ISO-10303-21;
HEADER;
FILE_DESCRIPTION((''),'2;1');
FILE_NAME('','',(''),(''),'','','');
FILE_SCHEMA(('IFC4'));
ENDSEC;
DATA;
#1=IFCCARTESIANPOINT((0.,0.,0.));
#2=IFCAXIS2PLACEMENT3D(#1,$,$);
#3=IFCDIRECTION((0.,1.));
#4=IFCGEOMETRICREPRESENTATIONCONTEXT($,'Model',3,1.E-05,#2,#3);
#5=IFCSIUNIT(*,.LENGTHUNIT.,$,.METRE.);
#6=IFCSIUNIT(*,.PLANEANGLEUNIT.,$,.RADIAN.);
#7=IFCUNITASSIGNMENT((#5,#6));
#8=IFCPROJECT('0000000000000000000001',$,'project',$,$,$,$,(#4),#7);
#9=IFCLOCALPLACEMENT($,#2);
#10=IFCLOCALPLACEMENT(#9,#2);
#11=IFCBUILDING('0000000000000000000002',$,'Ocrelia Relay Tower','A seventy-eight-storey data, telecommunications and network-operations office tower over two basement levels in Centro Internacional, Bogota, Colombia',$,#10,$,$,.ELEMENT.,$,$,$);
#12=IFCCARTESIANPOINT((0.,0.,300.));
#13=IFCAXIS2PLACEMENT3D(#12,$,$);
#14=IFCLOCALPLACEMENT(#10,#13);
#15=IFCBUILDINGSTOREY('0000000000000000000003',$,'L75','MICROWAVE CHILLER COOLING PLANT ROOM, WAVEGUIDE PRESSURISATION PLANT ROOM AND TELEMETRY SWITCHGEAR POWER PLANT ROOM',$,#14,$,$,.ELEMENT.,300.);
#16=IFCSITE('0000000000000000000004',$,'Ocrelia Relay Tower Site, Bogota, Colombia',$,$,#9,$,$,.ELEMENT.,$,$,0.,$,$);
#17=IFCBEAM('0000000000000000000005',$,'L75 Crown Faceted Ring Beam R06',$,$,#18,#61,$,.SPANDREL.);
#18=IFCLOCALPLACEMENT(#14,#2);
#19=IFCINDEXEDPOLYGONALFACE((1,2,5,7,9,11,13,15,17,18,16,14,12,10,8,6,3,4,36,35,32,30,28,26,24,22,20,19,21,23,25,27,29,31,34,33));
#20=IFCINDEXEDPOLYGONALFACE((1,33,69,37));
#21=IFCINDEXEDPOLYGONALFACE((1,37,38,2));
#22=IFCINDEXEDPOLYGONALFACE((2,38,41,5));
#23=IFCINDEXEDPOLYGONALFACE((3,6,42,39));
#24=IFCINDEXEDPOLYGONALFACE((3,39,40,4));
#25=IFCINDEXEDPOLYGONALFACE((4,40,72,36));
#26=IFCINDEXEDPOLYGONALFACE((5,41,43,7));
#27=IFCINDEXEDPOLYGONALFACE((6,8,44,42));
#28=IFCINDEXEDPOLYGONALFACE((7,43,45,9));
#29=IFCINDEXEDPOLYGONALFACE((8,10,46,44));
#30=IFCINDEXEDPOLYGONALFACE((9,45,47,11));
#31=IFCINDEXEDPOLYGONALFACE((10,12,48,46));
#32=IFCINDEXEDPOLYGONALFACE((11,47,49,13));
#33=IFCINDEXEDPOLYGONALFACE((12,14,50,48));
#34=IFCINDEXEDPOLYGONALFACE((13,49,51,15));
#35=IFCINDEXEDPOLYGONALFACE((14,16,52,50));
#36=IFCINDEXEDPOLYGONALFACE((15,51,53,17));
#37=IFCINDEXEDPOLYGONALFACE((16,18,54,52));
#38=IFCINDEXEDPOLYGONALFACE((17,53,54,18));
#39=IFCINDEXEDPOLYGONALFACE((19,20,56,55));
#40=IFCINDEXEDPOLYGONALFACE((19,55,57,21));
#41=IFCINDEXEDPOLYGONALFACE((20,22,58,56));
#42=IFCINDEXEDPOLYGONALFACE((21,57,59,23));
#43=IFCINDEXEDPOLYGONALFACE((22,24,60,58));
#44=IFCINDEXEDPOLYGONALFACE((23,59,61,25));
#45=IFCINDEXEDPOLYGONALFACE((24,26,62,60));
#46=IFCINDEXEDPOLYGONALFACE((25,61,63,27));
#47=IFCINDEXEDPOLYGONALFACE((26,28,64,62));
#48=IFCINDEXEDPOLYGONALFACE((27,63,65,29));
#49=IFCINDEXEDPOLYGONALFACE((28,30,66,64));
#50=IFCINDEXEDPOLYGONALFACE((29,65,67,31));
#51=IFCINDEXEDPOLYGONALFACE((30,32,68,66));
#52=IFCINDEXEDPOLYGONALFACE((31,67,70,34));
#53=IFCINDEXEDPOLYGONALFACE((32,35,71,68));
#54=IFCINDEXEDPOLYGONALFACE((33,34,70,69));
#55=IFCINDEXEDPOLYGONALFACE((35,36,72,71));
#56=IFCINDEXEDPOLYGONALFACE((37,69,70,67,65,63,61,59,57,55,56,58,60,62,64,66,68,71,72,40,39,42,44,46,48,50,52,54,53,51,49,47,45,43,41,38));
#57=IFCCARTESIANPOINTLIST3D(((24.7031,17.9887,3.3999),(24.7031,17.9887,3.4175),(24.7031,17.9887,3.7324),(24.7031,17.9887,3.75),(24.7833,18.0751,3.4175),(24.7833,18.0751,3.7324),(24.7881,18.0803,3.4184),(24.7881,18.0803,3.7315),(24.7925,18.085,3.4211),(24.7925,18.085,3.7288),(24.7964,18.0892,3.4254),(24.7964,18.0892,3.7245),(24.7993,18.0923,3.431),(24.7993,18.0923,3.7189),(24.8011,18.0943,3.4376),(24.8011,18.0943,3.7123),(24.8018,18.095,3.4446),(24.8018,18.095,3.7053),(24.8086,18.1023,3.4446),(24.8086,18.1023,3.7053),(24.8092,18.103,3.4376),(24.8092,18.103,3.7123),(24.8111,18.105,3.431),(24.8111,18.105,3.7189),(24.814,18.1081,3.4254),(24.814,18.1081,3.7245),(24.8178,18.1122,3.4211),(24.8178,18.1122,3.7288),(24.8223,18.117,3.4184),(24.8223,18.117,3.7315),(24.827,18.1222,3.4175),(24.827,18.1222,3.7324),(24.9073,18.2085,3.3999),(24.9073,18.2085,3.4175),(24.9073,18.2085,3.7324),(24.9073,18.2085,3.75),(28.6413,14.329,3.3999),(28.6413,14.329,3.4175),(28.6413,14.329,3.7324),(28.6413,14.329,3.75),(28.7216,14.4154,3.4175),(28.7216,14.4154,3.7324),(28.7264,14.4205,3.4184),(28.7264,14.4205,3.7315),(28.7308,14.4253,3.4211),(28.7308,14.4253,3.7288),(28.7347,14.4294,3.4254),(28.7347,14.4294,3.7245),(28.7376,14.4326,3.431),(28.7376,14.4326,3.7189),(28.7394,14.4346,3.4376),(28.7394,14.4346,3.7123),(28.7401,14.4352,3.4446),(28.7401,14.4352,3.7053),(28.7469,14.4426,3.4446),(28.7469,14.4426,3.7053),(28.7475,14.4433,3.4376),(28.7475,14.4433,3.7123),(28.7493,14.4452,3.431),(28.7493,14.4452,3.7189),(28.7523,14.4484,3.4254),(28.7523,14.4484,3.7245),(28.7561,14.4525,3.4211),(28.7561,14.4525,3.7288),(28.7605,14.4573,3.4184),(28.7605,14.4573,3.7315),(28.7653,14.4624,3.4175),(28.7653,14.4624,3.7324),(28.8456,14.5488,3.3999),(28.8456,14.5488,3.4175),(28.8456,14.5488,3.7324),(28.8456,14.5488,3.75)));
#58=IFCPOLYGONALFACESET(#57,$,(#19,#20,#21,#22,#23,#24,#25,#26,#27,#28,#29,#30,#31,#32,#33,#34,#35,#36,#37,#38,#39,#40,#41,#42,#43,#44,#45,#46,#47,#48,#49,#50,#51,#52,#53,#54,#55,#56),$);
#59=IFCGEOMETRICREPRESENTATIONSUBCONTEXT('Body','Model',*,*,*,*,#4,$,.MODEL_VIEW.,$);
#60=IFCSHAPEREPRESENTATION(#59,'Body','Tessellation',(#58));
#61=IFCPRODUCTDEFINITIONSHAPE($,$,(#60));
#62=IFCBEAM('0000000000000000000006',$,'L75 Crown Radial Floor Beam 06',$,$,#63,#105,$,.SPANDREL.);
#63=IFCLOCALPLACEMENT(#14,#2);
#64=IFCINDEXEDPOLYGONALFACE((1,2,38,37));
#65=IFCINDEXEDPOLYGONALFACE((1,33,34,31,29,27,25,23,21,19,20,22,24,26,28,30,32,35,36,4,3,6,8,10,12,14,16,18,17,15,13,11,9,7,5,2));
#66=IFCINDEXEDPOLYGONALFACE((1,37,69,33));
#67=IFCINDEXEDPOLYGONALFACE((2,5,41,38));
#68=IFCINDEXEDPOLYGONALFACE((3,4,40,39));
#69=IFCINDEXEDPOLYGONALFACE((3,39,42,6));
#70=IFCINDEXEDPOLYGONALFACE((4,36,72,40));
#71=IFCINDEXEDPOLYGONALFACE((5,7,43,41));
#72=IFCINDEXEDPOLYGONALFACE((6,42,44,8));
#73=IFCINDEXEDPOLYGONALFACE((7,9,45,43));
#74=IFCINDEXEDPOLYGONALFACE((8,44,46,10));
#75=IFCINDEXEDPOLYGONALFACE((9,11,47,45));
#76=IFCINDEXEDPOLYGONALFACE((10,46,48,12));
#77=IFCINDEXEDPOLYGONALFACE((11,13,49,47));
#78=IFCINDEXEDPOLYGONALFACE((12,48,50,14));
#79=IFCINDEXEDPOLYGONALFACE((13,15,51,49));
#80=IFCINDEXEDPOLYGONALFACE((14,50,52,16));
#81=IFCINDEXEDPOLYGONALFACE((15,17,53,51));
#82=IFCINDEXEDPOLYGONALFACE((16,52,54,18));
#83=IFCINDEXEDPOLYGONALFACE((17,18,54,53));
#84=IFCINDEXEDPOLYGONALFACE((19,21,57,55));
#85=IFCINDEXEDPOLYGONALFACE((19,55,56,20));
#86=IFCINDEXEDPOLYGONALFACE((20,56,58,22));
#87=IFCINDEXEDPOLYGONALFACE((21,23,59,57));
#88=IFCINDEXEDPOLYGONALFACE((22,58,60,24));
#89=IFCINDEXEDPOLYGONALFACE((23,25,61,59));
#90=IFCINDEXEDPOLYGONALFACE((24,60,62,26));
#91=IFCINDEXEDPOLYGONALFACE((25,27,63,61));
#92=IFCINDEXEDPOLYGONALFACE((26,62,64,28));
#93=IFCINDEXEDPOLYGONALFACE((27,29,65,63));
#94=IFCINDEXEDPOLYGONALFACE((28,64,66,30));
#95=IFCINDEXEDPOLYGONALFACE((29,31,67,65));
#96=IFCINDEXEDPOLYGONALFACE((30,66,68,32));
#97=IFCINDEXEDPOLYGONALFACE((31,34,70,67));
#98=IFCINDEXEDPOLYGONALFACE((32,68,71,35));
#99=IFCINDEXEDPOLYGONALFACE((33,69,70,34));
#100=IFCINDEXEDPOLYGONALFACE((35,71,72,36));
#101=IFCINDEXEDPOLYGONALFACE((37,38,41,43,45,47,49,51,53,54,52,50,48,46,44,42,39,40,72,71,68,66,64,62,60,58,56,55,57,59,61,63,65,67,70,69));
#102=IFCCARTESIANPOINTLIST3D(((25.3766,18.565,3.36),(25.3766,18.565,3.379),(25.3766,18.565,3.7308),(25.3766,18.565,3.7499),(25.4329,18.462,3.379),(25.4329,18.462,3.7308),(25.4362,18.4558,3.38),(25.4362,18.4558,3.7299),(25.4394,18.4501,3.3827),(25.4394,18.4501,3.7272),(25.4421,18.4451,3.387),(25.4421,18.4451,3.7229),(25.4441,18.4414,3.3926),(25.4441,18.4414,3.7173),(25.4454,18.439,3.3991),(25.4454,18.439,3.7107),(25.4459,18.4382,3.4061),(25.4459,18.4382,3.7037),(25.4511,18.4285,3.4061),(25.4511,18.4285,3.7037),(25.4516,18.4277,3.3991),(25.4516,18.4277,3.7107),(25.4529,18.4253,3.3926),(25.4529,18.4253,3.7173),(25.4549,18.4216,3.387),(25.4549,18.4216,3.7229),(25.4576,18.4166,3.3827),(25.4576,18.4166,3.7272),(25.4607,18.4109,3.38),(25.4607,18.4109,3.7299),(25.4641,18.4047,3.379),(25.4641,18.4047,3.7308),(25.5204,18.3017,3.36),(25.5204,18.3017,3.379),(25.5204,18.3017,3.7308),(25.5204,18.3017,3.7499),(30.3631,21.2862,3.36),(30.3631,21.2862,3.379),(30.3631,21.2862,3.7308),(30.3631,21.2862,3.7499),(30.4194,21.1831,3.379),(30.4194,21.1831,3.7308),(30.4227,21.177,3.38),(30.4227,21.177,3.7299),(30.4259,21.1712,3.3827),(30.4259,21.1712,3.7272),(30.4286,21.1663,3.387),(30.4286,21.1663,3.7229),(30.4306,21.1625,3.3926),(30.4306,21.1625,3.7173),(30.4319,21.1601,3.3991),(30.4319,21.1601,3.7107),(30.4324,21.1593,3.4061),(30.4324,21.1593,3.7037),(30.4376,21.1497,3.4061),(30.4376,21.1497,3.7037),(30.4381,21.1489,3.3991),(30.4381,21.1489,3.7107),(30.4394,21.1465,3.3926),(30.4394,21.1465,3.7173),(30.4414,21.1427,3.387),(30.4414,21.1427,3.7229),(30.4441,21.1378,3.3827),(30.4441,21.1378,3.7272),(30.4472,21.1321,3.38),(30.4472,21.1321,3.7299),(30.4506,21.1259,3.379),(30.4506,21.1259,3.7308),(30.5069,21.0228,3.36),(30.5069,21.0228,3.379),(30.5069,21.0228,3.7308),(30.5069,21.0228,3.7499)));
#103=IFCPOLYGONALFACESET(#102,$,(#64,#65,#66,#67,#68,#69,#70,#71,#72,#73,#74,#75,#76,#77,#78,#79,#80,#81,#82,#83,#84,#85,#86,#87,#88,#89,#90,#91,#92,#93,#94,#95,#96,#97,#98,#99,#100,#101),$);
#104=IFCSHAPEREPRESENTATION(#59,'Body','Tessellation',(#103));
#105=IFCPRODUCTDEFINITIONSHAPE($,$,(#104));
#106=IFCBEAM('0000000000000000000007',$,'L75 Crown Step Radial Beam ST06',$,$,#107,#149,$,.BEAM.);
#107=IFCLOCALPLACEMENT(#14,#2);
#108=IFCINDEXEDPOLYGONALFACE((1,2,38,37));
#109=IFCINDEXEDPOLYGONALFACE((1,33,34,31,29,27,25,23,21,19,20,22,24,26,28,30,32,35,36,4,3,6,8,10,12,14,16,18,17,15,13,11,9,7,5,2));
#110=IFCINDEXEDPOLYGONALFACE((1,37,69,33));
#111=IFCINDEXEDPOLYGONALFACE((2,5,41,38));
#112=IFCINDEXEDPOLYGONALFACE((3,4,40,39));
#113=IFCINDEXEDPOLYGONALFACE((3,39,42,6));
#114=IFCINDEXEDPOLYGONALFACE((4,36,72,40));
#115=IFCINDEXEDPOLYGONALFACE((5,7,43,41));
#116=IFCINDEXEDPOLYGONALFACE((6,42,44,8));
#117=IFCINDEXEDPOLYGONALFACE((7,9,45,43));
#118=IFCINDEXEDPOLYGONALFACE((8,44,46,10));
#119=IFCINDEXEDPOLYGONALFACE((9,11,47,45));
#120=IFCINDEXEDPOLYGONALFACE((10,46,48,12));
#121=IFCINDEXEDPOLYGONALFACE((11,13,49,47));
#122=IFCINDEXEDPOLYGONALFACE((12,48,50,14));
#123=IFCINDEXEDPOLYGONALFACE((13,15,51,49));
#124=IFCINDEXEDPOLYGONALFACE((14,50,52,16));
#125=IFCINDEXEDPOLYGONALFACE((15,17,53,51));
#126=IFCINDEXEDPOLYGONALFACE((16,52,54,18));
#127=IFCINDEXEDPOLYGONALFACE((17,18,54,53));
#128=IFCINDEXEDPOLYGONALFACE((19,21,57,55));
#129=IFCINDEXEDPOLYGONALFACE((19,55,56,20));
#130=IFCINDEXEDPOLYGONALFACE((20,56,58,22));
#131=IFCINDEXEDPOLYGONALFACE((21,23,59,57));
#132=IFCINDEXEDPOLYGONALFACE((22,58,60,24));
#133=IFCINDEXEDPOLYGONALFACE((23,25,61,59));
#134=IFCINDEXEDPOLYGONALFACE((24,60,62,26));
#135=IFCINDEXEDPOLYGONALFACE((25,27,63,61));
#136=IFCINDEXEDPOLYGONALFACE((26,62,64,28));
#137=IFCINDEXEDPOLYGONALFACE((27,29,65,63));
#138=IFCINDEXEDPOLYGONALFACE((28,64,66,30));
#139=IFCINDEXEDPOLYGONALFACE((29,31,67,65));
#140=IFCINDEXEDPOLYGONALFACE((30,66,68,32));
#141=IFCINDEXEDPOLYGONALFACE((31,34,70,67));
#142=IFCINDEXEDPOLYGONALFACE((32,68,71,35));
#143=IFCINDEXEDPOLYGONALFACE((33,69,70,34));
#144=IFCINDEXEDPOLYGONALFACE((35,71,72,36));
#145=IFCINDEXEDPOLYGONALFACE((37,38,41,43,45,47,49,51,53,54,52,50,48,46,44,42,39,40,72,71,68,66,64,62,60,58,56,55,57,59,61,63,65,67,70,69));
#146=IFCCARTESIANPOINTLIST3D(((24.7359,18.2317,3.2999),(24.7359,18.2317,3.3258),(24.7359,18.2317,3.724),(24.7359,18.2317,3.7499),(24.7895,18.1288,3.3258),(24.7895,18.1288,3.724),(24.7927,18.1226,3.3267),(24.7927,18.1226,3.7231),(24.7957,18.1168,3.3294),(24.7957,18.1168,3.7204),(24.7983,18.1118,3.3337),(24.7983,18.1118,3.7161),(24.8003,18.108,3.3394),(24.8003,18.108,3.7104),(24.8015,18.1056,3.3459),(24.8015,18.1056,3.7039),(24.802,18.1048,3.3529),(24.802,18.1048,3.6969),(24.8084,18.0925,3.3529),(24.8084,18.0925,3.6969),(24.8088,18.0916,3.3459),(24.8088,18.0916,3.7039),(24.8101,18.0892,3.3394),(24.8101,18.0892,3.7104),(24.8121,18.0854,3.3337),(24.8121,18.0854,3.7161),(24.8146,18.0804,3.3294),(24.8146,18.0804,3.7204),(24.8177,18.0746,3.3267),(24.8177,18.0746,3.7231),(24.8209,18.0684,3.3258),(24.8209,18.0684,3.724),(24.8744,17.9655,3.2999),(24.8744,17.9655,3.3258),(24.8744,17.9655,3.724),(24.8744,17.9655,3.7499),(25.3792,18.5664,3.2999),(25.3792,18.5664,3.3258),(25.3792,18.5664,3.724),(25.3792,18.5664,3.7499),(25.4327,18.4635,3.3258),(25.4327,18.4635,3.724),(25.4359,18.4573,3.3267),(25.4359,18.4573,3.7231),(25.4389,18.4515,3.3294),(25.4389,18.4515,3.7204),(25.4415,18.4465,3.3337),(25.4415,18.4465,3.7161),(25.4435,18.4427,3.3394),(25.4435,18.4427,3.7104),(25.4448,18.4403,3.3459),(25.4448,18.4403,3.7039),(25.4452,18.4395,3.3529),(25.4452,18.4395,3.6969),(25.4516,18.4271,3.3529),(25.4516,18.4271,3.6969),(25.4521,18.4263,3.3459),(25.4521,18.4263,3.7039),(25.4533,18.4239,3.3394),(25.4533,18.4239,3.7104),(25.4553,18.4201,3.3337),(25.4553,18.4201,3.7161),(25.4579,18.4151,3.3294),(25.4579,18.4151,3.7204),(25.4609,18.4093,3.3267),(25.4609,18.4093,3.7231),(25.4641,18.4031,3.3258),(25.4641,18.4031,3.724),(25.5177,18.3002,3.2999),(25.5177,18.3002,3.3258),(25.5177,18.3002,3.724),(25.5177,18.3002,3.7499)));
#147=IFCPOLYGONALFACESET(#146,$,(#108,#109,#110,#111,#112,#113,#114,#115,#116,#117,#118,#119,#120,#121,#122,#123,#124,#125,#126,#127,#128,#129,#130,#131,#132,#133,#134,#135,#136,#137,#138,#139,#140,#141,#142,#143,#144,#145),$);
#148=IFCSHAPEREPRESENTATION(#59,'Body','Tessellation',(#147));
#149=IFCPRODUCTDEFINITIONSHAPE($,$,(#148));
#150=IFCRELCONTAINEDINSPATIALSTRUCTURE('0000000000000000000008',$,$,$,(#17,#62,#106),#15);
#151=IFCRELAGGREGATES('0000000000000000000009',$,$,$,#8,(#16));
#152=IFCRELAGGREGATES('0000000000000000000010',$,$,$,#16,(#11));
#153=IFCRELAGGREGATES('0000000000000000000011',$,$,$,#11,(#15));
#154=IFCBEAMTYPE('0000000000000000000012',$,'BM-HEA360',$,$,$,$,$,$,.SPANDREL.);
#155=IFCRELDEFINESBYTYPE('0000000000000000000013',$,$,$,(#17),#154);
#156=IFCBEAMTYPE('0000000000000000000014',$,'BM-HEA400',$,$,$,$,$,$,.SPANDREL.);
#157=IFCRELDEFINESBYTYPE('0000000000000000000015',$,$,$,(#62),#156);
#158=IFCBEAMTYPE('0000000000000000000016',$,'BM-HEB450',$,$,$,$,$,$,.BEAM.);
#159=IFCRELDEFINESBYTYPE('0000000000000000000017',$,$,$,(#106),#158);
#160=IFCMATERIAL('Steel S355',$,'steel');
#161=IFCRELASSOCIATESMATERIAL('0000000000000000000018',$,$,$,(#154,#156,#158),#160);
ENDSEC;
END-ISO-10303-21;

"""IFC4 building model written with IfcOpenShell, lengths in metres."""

from ifc_helpers import new_model, si_unit, direction, frame, origin, origin_2d, place, context, subcontext, project, spatial, i_section, extrude, material, material_profile, profile_set, type_object, element, save


model = new_model("IFC4")

# Units and contexts
model_context = context("Model", 3, precision=1e-05, world=origin(), true_north=direction((0.0, 1.0)))
body_context = subcontext(model_context, "Body", "Model", "MODEL_VIEW")
ifc_project = project(units=[si_unit("LENGTHUNIT", "METRE"), si_unit("PLANEANGLEUNIT", "RADIAN")], contexts=[model_context])

# Site, building, storey
site_placement = place(None, origin())
site = spatial("IfcSite", under=ifc_project, at=site_placement, Name="Ocrelia Relay Tower Site, Bogota, Colombia", CompositionType="ELEMENT", RefElevation=0.0)
building_placement = place(site_placement, origin())
building = spatial("IfcBuilding", under=site, at=building_placement, Name="Ocrelia Relay Tower", Description="A seventy-eight-storey data, telecommunications and network-operations office tower over two basement levels in Centro Internacional, Bogota, Colombia", CompositionType="ELEMENT")
storey_placement = place(building_placement, frame((0.0, 0.0, 300.0)))
storey = spatial("IfcBuildingStorey", under=building, at=storey_placement, Name="L75", Description="MICROWAVE CHILLER COOLING PLANT ROOM, WAVEGUIDE PRESSURISATION PLANT ROOM AND TELEMETRY SWITCHGEAR POWER PLANT ROOM", CompositionType="ELEMENT", Elevation=300.0)

# Beams
ifc_material_1 = material(Name="Steel S355", Category="steel")
ifc_material_profile_1 = material_profile(ifc_material_1, i_section(OverallWidth=0.3, OverallDepth=0.3501, WebThickness=0.01, FlangeThickness=0.0176, FilletRadius=0.0271, at=origin_2d()), Name="HEA 360")
ifc_profile_set_1 = profile_set([ifc_material_profile_1], Name="Steel S355")
beam_type_1 = type_object("IfcBeamType", Name="BM-HEA360", PredefinedType="SPANDREL", material=ifc_profile_set_1)
beam_1_placement = place(storey_placement, frame((24.8052, 18.0986, 3.575), z_axis=(0.73254, -0.680725, 0.0), x_axis=(0.680725, 0.73254, 0.0)))
element("IfcBeam", 1, at=beam_1_placement, inside=storey, type_object=beam_type_1, Name="L75 Crown Faceted Ring Beam R06", PredefinedType="SPANDREL", context=body_context, shape_type="SweptSolid", body=[
    extrude(i_section(OverallWidth=0.3, OverallDepth=0.3501, WebThickness=0.01, FlangeThickness=0.0176, FilletRadius=0.0271, at=origin_2d()), origin(), (0.0, 0.0, 1.0), 5.3762),
])
ifc_material_profile_2 = material_profile(ifc_material_1, i_section(OverallWidth=0.3, OverallDepth=0.3899, WebThickness=0.011, FlangeThickness=0.019, FilletRadius=0.0271, at=origin_2d()), Name="HEA 400")
ifc_profile_set_2 = profile_set([ifc_material_profile_2], Name="Steel S355")
beam_type_2 = type_object("IfcBeamType", Name="BM-HEA400", PredefinedType="SPANDREL", material=ifc_profile_set_2)
beam_2_placement = place(storey_placement, frame((25.4485, 18.4333, 3.5549), z_axis=(0.877804, 0.479021, 0.0), x_axis=(-0.479021, 0.877804, 0.0)))
element("IfcBeam", 2, at=beam_2_placement, inside=storey, type_object=beam_type_2, Name="L75 Crown Radial Floor Beam 06", PredefinedType="SPANDREL", context=body_context, shape_type="SweptSolid", body=[
    extrude(i_section(OverallWidth=0.3, OverallDepth=0.3899, WebThickness=0.011, FlangeThickness=0.019, FilletRadius=0.0271, at=origin_2d()), origin(), (0.0, 0.0, 1.0), 5.6807),
])
ifc_material_profile_3 = material_profile(ifc_material_1, i_section(OverallWidth=0.3, OverallDepth=0.45, WebThickness=0.0139, FlangeThickness=0.0259, FilletRadius=0.0271, at=origin_2d()), Name="HEB 450")
ifc_profile_set_3 = profile_set([ifc_material_profile_3], Name="Steel S355")
beam_type_3 = type_object("IfcBeamType", Name="BM-HEB450", PredefinedType="BEAM", material=ifc_profile_set_3)
beam_3_placement = place(storey_placement, frame((24.8052, 18.0986, 3.5249), z_axis=(0.887107, 0.461565, 0.0), x_axis=(-0.461565, 0.887107, 0.0)))
element("IfcBeam", 3, at=beam_3_placement, inside=storey, type_object=beam_type_3, Name="L75 Crown Step Radial Beam ST06", PredefinedType="BEAM", context=body_context, shape_type="SweptSolid", body=[
    extrude(i_section(OverallWidth=0.3, OverallDepth=0.45, WebThickness=0.0139, FlangeThickness=0.0259, FilletRadius=0.0271, at=origin_2d()), origin(), (0.0, 0.0, 1.0), 0.7251),
])

save(model, "model.ifc")
